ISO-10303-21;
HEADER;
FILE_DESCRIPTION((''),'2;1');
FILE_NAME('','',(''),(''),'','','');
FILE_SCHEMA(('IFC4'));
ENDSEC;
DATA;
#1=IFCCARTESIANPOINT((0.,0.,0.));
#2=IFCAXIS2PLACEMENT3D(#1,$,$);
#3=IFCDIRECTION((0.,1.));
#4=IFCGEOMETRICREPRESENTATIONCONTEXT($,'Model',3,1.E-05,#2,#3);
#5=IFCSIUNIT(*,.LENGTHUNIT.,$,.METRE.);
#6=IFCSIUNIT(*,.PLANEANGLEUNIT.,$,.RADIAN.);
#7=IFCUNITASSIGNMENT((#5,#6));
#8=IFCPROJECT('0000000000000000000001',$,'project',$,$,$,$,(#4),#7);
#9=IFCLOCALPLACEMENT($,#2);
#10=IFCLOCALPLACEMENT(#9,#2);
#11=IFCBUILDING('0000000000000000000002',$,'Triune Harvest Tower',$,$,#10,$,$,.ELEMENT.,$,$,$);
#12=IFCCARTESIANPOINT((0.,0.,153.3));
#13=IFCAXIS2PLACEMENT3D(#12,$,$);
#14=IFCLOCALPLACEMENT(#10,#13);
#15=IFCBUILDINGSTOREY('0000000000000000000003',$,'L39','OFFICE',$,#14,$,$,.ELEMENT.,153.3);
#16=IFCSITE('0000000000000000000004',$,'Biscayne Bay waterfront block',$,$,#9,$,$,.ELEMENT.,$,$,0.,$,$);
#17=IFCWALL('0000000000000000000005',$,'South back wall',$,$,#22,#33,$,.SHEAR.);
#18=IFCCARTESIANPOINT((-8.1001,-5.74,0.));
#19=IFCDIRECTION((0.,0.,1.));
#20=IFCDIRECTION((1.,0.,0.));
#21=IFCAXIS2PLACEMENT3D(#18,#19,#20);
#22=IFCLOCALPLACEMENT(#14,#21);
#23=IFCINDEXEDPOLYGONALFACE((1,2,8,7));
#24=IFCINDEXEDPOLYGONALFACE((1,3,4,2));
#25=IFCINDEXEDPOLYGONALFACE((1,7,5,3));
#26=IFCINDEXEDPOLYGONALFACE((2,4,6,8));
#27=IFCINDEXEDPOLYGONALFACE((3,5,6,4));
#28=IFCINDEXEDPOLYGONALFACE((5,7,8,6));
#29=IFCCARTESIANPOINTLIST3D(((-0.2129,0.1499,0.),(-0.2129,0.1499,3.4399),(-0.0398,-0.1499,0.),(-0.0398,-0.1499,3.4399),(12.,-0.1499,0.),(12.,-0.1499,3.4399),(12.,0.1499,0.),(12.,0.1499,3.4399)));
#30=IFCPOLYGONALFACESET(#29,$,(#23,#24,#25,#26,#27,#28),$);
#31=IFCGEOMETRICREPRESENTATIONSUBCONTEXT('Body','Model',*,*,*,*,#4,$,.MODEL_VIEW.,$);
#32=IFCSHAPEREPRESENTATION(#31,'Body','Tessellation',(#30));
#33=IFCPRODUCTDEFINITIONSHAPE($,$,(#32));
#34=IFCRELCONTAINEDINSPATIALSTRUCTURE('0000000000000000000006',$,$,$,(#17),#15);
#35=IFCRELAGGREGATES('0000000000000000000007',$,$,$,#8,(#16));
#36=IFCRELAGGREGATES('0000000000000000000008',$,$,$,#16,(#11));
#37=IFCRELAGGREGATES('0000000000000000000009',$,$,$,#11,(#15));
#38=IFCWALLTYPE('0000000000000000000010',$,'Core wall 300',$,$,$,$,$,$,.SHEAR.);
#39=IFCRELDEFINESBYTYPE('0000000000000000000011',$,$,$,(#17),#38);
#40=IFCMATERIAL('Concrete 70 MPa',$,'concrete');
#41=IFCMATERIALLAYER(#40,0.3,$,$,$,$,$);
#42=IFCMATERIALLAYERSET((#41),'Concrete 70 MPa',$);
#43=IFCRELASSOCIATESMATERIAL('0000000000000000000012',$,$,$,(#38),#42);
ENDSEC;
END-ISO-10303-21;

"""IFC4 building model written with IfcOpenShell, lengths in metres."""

from ifc_helpers import new_model, si_unit, direction, frame, origin, place, context, subcontext, project, spatial, polyline, outline, extrude, source, transform, mapped, material, layer, layer_set, type_object, element, save


model = new_model("IFC4")

# Units and contexts
model_context = context("Model", 3, precision=1e-05, world=origin(), true_north=direction((0.0, 1.0)))
body_context = subcontext(model_context, "Body", "Model", "MODEL_VIEW")
ifc_project = project(units=[si_unit("LENGTHUNIT", "METRE"), si_unit("PLANEANGLEUNIT", "RADIAN")], contexts=[model_context])

# Site, building, storey
site_placement = place(None, origin())
site = spatial("IfcSite", under=ifc_project, at=site_placement, Name="Biscayne Bay waterfront block", CompositionType="ELEMENT", RefElevation=0.0)
building_placement = place(site_placement, origin())
building = spatial("IfcBuilding", under=site, at=building_placement, Name="Triune Harvest Tower", CompositionType="ELEMENT")
storey_placement = place(building_placement, frame((0.0, 0.0, 153.3)))
storey = spatial("IfcBuildingStorey", under=building, at=storey_placement, Name="L39", Description="OFFICE", CompositionType="ELEMENT", Elevation=153.3)

# Shared definitions
ifc_material_1 = material(Name="Concrete 70 MPa", Category="concrete")
ifc_layer_1 = layer(ifc_material_1, 0.3)
ifc_layer_set_1 = layer_set([ifc_layer_1], Name="Concrete 70 MPa")
wall_type_1 = type_object("IfcWallType", Name="Core wall 300", PredefinedType="SHEAR", material=ifc_layer_set_1)

# Wall
shared_shape_1 = source(origin(), body_context, "Body", "SweptSolid", [
    extrude(outline(polyline([(12.0, -0.1499), (-0.0398, -0.1499), (-0.2129, 0.1499), (12.0, 0.1499), (12.0, -0.1499)])), origin(), (0.0, 0.0, 1.0), 3.4399),
])
wall_1_placement = place(storey_placement, frame((-8.1001, -5.74, 0.0), z_axis=(0.0, 0.0, 1.0), x_axis=(1.0, 0.0, 0.0)))
element("IfcWall", 1, at=wall_1_placement, inside=storey, type_object=wall_type_1, Name="South back wall", PredefinedType="SHEAR", context=body_context, shape_type="MappedRepresentation", body=[
    mapped(shared_shape_1, transform((0.0, 0.0, 0.0), scale=1.0)),
])

save(model, "model.ifc")
